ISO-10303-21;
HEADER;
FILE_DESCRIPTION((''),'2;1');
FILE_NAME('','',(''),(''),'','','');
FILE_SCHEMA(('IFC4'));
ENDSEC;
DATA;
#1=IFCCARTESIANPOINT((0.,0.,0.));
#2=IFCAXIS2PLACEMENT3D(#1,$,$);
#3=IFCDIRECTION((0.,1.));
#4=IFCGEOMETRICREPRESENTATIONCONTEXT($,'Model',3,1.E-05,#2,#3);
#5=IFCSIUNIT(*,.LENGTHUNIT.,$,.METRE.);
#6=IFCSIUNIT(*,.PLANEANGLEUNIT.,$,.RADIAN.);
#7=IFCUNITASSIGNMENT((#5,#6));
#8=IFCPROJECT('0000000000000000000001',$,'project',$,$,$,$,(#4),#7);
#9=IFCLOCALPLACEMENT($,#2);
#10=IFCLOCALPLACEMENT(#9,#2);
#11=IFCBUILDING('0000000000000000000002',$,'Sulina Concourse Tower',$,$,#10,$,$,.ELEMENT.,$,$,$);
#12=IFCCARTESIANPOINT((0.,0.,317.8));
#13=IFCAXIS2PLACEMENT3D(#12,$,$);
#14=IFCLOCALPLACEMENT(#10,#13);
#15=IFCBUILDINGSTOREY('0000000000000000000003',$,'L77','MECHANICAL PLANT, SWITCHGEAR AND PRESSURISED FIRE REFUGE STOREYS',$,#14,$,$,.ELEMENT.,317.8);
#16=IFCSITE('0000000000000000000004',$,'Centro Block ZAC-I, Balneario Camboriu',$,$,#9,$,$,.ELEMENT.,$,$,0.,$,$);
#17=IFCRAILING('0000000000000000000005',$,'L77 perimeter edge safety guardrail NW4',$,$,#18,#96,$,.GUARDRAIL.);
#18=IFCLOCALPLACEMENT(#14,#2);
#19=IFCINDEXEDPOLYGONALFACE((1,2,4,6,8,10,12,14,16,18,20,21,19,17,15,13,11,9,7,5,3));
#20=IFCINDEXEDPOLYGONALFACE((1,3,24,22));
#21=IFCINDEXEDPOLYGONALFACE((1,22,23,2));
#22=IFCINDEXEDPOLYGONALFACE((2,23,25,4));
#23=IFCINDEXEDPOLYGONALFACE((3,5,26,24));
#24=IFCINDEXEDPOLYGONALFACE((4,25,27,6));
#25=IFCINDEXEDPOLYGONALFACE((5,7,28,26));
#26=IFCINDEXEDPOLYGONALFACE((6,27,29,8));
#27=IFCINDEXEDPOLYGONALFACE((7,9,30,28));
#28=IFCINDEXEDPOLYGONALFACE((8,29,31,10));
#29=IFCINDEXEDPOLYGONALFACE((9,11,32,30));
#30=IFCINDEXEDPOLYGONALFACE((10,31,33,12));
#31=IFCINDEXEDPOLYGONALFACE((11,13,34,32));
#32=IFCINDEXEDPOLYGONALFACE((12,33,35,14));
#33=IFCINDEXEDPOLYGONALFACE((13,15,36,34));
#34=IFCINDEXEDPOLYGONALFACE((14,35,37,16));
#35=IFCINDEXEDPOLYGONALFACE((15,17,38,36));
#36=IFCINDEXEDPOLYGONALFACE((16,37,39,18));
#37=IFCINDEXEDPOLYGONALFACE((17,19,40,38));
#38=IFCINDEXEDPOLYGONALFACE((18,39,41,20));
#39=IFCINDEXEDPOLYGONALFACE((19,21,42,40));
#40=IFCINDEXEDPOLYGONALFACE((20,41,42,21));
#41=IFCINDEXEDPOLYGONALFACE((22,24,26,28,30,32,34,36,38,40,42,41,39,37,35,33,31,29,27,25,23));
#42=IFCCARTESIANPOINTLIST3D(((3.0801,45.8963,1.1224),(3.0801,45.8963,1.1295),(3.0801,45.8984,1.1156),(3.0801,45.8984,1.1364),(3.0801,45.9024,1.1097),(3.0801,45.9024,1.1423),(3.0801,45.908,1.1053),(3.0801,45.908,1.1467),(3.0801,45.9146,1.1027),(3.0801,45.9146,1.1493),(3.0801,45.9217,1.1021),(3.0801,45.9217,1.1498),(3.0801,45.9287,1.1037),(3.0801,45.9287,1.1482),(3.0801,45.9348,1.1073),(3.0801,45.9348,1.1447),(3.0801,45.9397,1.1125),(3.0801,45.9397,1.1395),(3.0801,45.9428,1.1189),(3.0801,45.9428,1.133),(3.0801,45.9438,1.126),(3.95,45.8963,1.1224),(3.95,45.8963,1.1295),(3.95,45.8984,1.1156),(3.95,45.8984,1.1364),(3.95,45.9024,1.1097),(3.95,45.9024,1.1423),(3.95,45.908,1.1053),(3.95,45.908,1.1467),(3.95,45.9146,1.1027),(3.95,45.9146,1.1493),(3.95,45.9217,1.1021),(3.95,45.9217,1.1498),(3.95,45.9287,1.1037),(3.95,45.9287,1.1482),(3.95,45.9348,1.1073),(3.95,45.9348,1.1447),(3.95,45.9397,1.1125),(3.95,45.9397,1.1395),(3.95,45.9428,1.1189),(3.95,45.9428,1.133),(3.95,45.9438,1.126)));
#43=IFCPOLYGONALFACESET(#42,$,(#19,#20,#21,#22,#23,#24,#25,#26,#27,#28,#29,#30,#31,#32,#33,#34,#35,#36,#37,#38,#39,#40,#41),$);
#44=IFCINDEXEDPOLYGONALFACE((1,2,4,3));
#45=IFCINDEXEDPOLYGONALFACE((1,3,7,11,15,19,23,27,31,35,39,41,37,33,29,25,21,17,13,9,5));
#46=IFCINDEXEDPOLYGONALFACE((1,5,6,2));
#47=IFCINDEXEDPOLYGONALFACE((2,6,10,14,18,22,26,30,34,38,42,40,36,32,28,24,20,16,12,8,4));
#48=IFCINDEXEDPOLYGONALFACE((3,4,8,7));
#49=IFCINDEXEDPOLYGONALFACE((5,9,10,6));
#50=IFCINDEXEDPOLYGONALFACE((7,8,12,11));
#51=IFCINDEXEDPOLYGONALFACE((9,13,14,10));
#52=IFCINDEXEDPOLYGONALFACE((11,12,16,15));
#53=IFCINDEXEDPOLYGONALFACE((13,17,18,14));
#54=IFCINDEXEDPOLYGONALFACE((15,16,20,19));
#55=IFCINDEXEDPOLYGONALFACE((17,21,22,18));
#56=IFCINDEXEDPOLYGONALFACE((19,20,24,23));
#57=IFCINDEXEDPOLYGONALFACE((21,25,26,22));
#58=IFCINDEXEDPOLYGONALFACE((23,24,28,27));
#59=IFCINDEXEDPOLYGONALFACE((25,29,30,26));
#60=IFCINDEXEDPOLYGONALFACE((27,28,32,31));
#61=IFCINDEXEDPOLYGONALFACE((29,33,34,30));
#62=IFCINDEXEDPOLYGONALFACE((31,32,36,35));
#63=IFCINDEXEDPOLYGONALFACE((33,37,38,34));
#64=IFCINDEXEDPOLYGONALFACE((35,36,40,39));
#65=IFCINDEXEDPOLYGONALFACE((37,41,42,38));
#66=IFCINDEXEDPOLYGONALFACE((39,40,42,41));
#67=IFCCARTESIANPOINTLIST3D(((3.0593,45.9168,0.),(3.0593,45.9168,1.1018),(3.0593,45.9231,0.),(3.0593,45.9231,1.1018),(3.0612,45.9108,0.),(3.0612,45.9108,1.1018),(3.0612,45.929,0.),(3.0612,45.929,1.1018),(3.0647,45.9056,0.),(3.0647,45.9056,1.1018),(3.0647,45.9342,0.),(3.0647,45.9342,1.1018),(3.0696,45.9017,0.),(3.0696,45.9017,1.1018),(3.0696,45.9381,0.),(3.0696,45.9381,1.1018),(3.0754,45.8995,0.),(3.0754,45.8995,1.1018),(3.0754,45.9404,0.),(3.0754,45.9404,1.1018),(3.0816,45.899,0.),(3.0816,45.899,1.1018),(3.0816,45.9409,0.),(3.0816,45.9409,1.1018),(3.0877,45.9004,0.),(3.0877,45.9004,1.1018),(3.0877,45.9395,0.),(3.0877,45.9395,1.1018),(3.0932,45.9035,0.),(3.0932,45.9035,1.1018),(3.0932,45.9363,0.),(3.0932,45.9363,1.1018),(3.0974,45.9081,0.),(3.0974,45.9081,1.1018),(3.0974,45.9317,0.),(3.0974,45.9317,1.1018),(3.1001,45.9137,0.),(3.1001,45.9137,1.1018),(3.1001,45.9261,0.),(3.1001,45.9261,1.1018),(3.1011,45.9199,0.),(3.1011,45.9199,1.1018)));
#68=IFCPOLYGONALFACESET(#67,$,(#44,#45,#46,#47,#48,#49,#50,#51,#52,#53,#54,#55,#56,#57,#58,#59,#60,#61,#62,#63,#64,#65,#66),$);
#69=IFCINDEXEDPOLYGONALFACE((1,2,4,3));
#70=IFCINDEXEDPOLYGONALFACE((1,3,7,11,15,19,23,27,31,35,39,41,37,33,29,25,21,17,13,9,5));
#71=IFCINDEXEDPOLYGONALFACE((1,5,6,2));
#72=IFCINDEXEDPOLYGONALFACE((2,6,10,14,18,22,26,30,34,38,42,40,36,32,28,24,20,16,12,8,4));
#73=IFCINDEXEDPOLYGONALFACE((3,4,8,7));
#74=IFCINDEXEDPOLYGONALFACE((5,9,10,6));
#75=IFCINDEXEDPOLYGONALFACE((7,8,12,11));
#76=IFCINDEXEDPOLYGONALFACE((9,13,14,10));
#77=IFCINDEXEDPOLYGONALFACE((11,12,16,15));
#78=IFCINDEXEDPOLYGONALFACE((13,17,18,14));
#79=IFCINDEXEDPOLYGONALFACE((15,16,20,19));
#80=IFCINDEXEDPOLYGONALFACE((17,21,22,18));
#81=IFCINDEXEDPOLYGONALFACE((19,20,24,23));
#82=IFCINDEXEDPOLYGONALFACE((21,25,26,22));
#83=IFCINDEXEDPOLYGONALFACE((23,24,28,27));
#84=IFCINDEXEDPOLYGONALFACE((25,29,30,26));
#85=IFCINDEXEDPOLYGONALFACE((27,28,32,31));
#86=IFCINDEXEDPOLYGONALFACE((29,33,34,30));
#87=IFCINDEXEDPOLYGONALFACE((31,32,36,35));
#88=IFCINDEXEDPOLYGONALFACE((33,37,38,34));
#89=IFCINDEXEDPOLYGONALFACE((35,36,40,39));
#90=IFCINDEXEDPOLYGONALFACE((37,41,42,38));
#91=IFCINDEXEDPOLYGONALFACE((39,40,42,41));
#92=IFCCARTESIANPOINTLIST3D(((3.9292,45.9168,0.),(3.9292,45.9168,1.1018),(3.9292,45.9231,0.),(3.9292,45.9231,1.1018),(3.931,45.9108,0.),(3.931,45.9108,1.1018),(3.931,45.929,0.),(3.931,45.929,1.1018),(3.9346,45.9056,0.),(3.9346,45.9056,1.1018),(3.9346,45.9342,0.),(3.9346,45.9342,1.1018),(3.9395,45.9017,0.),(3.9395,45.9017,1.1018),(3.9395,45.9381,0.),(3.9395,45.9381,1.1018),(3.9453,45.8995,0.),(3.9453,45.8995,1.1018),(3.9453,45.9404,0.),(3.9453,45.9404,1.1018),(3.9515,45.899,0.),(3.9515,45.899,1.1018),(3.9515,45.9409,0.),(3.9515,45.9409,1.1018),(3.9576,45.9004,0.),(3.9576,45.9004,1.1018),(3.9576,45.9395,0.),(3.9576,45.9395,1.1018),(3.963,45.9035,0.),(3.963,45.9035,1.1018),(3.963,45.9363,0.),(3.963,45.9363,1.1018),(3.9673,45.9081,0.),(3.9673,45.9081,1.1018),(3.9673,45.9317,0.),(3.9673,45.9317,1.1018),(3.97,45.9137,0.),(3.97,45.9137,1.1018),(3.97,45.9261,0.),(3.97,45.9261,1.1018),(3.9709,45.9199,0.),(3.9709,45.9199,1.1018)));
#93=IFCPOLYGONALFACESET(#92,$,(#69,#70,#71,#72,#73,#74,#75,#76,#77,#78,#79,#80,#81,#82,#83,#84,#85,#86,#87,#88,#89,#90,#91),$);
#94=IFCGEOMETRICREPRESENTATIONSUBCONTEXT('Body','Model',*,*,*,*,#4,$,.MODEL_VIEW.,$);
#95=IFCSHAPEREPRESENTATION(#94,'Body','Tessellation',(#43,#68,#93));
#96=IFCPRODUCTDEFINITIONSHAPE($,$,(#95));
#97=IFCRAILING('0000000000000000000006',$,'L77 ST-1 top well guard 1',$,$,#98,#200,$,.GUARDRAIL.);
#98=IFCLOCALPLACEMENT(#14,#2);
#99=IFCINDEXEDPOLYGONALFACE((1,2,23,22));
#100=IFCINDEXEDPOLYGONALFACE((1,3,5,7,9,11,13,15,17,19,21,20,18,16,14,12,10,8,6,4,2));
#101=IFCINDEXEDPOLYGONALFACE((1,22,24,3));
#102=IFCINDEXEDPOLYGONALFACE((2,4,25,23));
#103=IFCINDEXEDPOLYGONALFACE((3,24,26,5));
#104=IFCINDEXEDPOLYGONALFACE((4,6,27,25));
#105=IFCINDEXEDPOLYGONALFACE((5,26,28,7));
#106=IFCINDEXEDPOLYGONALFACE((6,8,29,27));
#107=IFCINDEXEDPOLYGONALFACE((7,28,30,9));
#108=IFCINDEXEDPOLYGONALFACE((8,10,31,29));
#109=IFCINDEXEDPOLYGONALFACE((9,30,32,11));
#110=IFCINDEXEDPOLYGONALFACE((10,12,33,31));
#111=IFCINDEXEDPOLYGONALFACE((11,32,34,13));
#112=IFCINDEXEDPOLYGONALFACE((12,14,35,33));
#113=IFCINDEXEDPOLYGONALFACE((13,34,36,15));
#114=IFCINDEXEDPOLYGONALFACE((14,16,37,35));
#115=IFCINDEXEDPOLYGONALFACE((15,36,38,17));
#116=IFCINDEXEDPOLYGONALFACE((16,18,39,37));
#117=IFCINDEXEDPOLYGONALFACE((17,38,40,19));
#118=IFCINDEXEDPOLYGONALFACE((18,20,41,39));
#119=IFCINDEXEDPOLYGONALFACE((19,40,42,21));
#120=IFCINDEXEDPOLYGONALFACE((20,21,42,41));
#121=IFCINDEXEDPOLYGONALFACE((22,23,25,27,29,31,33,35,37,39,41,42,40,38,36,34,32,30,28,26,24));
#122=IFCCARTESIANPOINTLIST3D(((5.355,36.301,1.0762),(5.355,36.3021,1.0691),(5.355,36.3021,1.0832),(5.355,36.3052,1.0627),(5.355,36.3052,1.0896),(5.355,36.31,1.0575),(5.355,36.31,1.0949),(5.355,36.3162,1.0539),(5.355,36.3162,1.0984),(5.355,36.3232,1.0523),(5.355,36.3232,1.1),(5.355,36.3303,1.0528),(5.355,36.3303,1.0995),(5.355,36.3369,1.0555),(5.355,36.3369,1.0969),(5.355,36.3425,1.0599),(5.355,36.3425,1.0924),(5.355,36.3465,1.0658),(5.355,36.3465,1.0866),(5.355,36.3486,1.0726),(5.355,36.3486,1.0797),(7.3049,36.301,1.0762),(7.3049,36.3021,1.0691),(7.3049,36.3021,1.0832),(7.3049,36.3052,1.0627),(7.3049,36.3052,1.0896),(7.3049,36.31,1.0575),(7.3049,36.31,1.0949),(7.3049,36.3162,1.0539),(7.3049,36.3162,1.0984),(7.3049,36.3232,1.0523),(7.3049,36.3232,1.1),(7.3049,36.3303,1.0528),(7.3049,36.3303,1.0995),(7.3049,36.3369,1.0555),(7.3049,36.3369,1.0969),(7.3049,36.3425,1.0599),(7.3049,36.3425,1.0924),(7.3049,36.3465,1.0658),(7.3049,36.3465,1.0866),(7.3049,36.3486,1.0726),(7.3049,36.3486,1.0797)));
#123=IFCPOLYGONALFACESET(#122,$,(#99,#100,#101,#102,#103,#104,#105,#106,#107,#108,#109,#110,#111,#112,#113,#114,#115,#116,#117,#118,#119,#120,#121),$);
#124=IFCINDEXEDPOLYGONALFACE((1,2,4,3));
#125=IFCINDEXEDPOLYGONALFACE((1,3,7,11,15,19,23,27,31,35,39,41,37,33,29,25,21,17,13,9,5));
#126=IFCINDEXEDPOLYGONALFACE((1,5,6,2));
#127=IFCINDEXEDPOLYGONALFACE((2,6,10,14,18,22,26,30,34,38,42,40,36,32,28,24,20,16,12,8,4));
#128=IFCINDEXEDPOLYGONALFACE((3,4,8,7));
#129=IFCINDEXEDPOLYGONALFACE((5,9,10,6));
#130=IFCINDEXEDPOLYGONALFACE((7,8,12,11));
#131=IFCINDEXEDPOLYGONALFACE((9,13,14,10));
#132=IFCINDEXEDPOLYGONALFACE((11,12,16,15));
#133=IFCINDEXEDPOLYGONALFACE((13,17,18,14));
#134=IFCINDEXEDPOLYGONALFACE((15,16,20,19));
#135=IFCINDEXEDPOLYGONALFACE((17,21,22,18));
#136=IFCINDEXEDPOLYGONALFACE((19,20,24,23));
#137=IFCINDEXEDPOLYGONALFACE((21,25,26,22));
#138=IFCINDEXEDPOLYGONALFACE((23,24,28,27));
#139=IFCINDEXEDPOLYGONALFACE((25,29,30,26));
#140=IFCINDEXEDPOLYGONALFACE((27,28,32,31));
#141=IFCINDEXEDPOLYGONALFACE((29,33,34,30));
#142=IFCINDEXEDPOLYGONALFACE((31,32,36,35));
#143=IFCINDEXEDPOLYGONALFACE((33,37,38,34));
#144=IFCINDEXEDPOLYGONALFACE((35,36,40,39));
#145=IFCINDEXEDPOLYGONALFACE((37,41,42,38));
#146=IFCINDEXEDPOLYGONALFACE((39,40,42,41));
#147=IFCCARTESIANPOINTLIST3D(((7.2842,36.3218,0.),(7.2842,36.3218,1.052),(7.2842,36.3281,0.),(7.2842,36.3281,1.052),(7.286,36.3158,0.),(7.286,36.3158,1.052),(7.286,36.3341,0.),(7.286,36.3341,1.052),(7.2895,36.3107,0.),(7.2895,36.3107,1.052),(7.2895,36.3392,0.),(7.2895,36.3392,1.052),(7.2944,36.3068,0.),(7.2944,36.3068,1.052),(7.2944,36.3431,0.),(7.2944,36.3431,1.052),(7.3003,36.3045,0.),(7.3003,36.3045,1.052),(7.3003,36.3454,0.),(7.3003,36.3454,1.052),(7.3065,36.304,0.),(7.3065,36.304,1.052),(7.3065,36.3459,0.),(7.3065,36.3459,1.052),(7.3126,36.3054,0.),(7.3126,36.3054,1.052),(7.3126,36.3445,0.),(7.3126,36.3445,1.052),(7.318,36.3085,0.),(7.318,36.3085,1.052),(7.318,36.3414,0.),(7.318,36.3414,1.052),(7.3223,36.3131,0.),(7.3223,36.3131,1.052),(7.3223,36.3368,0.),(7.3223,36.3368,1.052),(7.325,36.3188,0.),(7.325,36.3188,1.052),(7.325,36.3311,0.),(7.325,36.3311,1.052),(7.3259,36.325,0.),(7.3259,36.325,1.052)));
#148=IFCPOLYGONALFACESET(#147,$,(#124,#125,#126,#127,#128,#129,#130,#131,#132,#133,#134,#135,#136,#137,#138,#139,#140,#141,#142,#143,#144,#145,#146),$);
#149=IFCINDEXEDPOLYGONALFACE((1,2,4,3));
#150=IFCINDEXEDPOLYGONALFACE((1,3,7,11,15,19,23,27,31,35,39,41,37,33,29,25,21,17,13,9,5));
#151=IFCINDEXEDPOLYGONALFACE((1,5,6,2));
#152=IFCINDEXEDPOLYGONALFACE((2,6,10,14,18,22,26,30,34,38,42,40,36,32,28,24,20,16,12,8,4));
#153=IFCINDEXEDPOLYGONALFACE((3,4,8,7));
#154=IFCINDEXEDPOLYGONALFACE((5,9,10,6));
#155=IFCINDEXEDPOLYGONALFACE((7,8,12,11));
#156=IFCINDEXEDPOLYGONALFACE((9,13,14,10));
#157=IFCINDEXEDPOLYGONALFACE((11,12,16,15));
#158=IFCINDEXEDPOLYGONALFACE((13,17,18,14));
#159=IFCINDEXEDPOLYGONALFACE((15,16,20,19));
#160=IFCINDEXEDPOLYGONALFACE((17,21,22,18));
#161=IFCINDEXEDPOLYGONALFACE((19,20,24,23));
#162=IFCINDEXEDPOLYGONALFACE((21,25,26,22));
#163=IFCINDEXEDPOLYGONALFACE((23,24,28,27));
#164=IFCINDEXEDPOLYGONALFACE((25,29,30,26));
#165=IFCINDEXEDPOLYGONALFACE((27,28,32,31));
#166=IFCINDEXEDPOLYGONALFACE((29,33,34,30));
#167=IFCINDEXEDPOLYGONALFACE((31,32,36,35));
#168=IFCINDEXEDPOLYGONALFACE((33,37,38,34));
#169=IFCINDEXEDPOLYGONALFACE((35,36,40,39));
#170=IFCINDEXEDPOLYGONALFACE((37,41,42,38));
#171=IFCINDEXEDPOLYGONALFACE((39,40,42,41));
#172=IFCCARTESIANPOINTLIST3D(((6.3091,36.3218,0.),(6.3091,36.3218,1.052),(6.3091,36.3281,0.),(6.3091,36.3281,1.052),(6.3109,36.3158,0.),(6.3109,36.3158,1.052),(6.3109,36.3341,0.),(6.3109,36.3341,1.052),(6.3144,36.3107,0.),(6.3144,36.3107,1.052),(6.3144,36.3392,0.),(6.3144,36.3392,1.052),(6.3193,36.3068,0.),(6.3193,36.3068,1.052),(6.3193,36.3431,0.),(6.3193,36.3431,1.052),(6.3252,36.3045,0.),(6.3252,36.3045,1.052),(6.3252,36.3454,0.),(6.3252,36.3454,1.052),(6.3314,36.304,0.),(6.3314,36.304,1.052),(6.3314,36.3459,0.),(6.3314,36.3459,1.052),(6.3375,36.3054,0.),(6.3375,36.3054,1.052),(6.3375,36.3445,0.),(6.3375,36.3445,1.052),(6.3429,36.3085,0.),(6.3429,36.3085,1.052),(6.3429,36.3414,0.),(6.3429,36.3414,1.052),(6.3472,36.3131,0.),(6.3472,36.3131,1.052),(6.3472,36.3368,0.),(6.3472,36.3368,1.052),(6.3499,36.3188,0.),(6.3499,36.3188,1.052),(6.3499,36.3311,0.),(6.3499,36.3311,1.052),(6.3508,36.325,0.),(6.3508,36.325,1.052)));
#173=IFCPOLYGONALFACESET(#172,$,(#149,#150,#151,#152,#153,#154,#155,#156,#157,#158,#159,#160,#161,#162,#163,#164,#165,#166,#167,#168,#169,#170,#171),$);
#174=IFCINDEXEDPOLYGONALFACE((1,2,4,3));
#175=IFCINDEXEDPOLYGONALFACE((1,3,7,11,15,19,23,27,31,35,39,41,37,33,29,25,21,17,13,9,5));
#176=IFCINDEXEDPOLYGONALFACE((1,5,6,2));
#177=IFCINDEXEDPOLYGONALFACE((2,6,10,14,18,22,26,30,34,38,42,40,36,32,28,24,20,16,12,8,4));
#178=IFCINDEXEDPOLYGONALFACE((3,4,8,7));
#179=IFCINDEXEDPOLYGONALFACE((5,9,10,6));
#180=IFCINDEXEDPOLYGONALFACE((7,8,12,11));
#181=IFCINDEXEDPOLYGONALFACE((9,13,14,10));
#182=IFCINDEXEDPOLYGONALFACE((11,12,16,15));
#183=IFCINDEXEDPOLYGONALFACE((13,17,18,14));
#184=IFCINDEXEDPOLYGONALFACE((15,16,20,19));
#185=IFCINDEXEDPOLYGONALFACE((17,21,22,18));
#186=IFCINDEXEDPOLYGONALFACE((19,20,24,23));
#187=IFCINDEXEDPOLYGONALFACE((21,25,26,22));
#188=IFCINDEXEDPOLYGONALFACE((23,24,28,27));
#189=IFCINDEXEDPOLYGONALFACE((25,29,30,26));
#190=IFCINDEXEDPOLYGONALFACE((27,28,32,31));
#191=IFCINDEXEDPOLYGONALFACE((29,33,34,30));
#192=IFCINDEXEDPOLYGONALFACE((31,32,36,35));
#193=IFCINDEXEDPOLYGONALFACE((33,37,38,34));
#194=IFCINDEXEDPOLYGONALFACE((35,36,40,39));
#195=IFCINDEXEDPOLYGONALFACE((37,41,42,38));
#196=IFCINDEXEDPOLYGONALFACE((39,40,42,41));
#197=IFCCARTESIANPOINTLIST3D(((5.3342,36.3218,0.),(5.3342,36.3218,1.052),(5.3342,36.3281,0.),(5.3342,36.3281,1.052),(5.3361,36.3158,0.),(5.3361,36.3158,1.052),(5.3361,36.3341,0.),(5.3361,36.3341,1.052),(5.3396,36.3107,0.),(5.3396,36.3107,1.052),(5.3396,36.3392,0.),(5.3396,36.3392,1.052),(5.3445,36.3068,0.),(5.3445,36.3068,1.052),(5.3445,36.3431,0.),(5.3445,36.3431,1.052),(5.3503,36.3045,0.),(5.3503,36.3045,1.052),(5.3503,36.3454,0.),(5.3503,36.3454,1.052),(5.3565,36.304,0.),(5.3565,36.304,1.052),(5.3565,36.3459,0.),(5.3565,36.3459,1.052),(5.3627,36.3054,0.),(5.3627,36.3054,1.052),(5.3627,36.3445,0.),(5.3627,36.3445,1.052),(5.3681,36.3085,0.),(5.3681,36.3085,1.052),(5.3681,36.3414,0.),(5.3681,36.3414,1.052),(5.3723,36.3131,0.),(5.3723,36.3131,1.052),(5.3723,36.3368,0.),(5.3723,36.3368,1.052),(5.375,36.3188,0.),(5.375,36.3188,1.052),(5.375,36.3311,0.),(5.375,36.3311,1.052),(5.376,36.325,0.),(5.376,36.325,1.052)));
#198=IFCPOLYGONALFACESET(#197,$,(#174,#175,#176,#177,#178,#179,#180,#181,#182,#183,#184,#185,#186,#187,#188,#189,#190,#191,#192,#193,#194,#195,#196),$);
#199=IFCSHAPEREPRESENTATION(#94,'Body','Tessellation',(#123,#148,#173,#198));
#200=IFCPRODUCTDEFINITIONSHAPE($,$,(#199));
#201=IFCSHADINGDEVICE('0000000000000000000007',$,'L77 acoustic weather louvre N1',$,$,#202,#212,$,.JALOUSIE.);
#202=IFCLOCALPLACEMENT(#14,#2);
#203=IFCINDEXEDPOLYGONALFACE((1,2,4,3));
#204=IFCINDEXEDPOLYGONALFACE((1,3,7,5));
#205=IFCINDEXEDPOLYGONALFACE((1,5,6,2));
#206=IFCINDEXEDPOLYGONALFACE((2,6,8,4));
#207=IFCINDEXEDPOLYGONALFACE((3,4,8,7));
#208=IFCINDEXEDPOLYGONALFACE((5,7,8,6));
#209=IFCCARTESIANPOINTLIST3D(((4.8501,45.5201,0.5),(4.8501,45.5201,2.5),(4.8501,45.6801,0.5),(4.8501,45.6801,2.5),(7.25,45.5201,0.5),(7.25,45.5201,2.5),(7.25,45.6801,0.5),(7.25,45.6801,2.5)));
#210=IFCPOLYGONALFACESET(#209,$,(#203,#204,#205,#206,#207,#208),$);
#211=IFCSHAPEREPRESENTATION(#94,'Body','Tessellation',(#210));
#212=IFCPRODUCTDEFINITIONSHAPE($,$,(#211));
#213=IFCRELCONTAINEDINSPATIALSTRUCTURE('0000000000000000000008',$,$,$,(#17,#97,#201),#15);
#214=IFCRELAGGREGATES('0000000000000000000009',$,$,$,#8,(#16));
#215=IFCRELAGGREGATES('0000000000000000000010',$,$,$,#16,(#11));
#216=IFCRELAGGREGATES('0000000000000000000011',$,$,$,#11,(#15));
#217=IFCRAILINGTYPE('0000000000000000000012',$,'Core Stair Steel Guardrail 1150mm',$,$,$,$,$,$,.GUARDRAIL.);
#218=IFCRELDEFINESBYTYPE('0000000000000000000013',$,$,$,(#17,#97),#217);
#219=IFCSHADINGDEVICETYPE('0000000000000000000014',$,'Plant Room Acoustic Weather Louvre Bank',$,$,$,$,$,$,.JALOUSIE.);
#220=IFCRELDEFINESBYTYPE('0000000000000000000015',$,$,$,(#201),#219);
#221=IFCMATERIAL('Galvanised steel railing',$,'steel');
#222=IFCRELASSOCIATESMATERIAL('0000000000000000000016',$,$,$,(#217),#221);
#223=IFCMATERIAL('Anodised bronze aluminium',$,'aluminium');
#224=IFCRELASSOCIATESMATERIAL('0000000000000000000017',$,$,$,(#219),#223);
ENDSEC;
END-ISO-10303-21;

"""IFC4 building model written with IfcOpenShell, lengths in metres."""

from ifc_helpers import new_model, si_unit, direction, frame, origin, origin_2d, place, context, subcontext, project, spatial, rectangle, circle, extrude, material, type_object, element, save


model = new_model("IFC4")

# Units and contexts
model_context = context("Model", 3, precision=1e-05, world=origin(), true_north=direction((0.0, 1.0)))
body_context = subcontext(model_context, "Body", "Model", "MODEL_VIEW")
ifc_project = project(units=[si_unit("LENGTHUNIT", "METRE"), si_unit("PLANEANGLEUNIT", "RADIAN")], contexts=[model_context])

# Site, building, storey
site_placement = place(None, origin())
site = spatial("IfcSite", under=ifc_project, at=site_placement, Name="Centro Block ZAC-I, Balneario Camboriu", CompositionType="ELEMENT", RefElevation=0.0)
building_placement = place(site_placement, origin())
building = spatial("IfcBuilding", under=site, at=building_placement, Name="Sulina Concourse Tower", CompositionType="ELEMENT")
storey_placement = place(building_placement, frame((0.0, 0.0, 317.8)))
storey = spatial("IfcBuildingStorey", under=building, at=storey_placement, Name="L77", Description="MECHANICAL PLANT, SWITCHGEAR AND PRESSURISED FIRE REFUGE STOREYS", CompositionType="ELEMENT", Elevation=317.8)

# Railings
ifc_material_1 = material(Name="Galvanised steel railing", Category="steel")
railing_type = type_object("IfcRailingType", Name="Core Stair Steel Guardrail 1150mm", PredefinedType="GUARDRAIL", material=ifc_material_1)
railing_1_placement = place(storey_placement, frame((3.0801, 45.9199, 0.0)))
element("IfcRailing", 1, at=railing_1_placement, inside=storey, type_object=railing_type, Name="L77 perimeter edge safety guardrail NW4", PredefinedType="GUARDRAIL", context=body_context, shape_type="SweptSolid", body=[
    extrude(circle(Radius=0.0239, at=origin_2d()), frame((0.0, 0.0, 1.126), z_axis=(1.0, 0.0, 0.0), x_axis=(0.0, 1.0, 0.0)), (0.0, 0.0, 1.0), 0.8699),
    extrude(circle(Radius=0.021, at=origin_2d()), origin(), (0.0, 0.0, 1.0), 1.1018),
    extrude(circle(Radius=0.021, at=origin_2d()), frame((0.8699, 0.0, 0.0)), (0.0, 0.0, 1.0), 1.1018),
])
railing_2_placement = place(storey_placement, frame((7.3049, 36.325, 0.0)))
element("IfcRailing", 2, at=railing_2_placement, inside=storey, type_object=railing_type, Name="L77 ST-1 top well guard 1", PredefinedType="GUARDRAIL", context=body_context, shape_type="SweptSolid", body=[
    extrude(circle(Radius=0.0239, at=origin_2d()), frame((0.0, 0.0, 1.0762), z_axis=(-1.0, 0.0, 0.0), x_axis=(0.0, -1.0, 0.0)), (0.0, 0.0, 1.0), 1.95),
    extrude(circle(Radius=0.021, at=origin_2d()), origin(), (0.0, 0.0, 1.0), 1.052),
    extrude(circle(Radius=0.021, at=origin_2d()), frame((-0.9751, 0.0, 0.0)), (0.0, 0.0, 1.0), 1.052),
    extrude(circle(Radius=0.021, at=origin_2d()), frame((-1.95, 0.0, 0.0)), (0.0, 0.0, 1.0), 1.052),
])

# Shading device
ifc_material_2 = material(Name="Anodised bronze aluminium", Category="aluminium")
shading_device_type = type_object("IfcShadingDeviceType", Name="Plant Room Acoustic Weather Louvre Bank", PredefinedType="JALOUSIE", material=ifc_material_2)
for number, where, z_axis, x_axis, name in (
    (3, (6.05, 45.6001, 0.5), (0.0, 0.0, 1.0), (1.0, 0.0, 0.0), "L77 acoustic weather louvre N1"),
):
    element("IfcShadingDevice", number, at=place(storey_placement, frame(where, z_axis=z_axis, x_axis=x_axis)), inside=storey, type_object=shading_device_type, Name=name, PredefinedType="JALOUSIE", context=body_context, shape_type="SweptSolid", body=[
        extrude(rectangle(XDim=2.3999, YDim=0.1599, at=origin_2d()), origin(), (0.0, 0.0, 1.0), 2.0),
    ])

save(model, "model.ifc")
